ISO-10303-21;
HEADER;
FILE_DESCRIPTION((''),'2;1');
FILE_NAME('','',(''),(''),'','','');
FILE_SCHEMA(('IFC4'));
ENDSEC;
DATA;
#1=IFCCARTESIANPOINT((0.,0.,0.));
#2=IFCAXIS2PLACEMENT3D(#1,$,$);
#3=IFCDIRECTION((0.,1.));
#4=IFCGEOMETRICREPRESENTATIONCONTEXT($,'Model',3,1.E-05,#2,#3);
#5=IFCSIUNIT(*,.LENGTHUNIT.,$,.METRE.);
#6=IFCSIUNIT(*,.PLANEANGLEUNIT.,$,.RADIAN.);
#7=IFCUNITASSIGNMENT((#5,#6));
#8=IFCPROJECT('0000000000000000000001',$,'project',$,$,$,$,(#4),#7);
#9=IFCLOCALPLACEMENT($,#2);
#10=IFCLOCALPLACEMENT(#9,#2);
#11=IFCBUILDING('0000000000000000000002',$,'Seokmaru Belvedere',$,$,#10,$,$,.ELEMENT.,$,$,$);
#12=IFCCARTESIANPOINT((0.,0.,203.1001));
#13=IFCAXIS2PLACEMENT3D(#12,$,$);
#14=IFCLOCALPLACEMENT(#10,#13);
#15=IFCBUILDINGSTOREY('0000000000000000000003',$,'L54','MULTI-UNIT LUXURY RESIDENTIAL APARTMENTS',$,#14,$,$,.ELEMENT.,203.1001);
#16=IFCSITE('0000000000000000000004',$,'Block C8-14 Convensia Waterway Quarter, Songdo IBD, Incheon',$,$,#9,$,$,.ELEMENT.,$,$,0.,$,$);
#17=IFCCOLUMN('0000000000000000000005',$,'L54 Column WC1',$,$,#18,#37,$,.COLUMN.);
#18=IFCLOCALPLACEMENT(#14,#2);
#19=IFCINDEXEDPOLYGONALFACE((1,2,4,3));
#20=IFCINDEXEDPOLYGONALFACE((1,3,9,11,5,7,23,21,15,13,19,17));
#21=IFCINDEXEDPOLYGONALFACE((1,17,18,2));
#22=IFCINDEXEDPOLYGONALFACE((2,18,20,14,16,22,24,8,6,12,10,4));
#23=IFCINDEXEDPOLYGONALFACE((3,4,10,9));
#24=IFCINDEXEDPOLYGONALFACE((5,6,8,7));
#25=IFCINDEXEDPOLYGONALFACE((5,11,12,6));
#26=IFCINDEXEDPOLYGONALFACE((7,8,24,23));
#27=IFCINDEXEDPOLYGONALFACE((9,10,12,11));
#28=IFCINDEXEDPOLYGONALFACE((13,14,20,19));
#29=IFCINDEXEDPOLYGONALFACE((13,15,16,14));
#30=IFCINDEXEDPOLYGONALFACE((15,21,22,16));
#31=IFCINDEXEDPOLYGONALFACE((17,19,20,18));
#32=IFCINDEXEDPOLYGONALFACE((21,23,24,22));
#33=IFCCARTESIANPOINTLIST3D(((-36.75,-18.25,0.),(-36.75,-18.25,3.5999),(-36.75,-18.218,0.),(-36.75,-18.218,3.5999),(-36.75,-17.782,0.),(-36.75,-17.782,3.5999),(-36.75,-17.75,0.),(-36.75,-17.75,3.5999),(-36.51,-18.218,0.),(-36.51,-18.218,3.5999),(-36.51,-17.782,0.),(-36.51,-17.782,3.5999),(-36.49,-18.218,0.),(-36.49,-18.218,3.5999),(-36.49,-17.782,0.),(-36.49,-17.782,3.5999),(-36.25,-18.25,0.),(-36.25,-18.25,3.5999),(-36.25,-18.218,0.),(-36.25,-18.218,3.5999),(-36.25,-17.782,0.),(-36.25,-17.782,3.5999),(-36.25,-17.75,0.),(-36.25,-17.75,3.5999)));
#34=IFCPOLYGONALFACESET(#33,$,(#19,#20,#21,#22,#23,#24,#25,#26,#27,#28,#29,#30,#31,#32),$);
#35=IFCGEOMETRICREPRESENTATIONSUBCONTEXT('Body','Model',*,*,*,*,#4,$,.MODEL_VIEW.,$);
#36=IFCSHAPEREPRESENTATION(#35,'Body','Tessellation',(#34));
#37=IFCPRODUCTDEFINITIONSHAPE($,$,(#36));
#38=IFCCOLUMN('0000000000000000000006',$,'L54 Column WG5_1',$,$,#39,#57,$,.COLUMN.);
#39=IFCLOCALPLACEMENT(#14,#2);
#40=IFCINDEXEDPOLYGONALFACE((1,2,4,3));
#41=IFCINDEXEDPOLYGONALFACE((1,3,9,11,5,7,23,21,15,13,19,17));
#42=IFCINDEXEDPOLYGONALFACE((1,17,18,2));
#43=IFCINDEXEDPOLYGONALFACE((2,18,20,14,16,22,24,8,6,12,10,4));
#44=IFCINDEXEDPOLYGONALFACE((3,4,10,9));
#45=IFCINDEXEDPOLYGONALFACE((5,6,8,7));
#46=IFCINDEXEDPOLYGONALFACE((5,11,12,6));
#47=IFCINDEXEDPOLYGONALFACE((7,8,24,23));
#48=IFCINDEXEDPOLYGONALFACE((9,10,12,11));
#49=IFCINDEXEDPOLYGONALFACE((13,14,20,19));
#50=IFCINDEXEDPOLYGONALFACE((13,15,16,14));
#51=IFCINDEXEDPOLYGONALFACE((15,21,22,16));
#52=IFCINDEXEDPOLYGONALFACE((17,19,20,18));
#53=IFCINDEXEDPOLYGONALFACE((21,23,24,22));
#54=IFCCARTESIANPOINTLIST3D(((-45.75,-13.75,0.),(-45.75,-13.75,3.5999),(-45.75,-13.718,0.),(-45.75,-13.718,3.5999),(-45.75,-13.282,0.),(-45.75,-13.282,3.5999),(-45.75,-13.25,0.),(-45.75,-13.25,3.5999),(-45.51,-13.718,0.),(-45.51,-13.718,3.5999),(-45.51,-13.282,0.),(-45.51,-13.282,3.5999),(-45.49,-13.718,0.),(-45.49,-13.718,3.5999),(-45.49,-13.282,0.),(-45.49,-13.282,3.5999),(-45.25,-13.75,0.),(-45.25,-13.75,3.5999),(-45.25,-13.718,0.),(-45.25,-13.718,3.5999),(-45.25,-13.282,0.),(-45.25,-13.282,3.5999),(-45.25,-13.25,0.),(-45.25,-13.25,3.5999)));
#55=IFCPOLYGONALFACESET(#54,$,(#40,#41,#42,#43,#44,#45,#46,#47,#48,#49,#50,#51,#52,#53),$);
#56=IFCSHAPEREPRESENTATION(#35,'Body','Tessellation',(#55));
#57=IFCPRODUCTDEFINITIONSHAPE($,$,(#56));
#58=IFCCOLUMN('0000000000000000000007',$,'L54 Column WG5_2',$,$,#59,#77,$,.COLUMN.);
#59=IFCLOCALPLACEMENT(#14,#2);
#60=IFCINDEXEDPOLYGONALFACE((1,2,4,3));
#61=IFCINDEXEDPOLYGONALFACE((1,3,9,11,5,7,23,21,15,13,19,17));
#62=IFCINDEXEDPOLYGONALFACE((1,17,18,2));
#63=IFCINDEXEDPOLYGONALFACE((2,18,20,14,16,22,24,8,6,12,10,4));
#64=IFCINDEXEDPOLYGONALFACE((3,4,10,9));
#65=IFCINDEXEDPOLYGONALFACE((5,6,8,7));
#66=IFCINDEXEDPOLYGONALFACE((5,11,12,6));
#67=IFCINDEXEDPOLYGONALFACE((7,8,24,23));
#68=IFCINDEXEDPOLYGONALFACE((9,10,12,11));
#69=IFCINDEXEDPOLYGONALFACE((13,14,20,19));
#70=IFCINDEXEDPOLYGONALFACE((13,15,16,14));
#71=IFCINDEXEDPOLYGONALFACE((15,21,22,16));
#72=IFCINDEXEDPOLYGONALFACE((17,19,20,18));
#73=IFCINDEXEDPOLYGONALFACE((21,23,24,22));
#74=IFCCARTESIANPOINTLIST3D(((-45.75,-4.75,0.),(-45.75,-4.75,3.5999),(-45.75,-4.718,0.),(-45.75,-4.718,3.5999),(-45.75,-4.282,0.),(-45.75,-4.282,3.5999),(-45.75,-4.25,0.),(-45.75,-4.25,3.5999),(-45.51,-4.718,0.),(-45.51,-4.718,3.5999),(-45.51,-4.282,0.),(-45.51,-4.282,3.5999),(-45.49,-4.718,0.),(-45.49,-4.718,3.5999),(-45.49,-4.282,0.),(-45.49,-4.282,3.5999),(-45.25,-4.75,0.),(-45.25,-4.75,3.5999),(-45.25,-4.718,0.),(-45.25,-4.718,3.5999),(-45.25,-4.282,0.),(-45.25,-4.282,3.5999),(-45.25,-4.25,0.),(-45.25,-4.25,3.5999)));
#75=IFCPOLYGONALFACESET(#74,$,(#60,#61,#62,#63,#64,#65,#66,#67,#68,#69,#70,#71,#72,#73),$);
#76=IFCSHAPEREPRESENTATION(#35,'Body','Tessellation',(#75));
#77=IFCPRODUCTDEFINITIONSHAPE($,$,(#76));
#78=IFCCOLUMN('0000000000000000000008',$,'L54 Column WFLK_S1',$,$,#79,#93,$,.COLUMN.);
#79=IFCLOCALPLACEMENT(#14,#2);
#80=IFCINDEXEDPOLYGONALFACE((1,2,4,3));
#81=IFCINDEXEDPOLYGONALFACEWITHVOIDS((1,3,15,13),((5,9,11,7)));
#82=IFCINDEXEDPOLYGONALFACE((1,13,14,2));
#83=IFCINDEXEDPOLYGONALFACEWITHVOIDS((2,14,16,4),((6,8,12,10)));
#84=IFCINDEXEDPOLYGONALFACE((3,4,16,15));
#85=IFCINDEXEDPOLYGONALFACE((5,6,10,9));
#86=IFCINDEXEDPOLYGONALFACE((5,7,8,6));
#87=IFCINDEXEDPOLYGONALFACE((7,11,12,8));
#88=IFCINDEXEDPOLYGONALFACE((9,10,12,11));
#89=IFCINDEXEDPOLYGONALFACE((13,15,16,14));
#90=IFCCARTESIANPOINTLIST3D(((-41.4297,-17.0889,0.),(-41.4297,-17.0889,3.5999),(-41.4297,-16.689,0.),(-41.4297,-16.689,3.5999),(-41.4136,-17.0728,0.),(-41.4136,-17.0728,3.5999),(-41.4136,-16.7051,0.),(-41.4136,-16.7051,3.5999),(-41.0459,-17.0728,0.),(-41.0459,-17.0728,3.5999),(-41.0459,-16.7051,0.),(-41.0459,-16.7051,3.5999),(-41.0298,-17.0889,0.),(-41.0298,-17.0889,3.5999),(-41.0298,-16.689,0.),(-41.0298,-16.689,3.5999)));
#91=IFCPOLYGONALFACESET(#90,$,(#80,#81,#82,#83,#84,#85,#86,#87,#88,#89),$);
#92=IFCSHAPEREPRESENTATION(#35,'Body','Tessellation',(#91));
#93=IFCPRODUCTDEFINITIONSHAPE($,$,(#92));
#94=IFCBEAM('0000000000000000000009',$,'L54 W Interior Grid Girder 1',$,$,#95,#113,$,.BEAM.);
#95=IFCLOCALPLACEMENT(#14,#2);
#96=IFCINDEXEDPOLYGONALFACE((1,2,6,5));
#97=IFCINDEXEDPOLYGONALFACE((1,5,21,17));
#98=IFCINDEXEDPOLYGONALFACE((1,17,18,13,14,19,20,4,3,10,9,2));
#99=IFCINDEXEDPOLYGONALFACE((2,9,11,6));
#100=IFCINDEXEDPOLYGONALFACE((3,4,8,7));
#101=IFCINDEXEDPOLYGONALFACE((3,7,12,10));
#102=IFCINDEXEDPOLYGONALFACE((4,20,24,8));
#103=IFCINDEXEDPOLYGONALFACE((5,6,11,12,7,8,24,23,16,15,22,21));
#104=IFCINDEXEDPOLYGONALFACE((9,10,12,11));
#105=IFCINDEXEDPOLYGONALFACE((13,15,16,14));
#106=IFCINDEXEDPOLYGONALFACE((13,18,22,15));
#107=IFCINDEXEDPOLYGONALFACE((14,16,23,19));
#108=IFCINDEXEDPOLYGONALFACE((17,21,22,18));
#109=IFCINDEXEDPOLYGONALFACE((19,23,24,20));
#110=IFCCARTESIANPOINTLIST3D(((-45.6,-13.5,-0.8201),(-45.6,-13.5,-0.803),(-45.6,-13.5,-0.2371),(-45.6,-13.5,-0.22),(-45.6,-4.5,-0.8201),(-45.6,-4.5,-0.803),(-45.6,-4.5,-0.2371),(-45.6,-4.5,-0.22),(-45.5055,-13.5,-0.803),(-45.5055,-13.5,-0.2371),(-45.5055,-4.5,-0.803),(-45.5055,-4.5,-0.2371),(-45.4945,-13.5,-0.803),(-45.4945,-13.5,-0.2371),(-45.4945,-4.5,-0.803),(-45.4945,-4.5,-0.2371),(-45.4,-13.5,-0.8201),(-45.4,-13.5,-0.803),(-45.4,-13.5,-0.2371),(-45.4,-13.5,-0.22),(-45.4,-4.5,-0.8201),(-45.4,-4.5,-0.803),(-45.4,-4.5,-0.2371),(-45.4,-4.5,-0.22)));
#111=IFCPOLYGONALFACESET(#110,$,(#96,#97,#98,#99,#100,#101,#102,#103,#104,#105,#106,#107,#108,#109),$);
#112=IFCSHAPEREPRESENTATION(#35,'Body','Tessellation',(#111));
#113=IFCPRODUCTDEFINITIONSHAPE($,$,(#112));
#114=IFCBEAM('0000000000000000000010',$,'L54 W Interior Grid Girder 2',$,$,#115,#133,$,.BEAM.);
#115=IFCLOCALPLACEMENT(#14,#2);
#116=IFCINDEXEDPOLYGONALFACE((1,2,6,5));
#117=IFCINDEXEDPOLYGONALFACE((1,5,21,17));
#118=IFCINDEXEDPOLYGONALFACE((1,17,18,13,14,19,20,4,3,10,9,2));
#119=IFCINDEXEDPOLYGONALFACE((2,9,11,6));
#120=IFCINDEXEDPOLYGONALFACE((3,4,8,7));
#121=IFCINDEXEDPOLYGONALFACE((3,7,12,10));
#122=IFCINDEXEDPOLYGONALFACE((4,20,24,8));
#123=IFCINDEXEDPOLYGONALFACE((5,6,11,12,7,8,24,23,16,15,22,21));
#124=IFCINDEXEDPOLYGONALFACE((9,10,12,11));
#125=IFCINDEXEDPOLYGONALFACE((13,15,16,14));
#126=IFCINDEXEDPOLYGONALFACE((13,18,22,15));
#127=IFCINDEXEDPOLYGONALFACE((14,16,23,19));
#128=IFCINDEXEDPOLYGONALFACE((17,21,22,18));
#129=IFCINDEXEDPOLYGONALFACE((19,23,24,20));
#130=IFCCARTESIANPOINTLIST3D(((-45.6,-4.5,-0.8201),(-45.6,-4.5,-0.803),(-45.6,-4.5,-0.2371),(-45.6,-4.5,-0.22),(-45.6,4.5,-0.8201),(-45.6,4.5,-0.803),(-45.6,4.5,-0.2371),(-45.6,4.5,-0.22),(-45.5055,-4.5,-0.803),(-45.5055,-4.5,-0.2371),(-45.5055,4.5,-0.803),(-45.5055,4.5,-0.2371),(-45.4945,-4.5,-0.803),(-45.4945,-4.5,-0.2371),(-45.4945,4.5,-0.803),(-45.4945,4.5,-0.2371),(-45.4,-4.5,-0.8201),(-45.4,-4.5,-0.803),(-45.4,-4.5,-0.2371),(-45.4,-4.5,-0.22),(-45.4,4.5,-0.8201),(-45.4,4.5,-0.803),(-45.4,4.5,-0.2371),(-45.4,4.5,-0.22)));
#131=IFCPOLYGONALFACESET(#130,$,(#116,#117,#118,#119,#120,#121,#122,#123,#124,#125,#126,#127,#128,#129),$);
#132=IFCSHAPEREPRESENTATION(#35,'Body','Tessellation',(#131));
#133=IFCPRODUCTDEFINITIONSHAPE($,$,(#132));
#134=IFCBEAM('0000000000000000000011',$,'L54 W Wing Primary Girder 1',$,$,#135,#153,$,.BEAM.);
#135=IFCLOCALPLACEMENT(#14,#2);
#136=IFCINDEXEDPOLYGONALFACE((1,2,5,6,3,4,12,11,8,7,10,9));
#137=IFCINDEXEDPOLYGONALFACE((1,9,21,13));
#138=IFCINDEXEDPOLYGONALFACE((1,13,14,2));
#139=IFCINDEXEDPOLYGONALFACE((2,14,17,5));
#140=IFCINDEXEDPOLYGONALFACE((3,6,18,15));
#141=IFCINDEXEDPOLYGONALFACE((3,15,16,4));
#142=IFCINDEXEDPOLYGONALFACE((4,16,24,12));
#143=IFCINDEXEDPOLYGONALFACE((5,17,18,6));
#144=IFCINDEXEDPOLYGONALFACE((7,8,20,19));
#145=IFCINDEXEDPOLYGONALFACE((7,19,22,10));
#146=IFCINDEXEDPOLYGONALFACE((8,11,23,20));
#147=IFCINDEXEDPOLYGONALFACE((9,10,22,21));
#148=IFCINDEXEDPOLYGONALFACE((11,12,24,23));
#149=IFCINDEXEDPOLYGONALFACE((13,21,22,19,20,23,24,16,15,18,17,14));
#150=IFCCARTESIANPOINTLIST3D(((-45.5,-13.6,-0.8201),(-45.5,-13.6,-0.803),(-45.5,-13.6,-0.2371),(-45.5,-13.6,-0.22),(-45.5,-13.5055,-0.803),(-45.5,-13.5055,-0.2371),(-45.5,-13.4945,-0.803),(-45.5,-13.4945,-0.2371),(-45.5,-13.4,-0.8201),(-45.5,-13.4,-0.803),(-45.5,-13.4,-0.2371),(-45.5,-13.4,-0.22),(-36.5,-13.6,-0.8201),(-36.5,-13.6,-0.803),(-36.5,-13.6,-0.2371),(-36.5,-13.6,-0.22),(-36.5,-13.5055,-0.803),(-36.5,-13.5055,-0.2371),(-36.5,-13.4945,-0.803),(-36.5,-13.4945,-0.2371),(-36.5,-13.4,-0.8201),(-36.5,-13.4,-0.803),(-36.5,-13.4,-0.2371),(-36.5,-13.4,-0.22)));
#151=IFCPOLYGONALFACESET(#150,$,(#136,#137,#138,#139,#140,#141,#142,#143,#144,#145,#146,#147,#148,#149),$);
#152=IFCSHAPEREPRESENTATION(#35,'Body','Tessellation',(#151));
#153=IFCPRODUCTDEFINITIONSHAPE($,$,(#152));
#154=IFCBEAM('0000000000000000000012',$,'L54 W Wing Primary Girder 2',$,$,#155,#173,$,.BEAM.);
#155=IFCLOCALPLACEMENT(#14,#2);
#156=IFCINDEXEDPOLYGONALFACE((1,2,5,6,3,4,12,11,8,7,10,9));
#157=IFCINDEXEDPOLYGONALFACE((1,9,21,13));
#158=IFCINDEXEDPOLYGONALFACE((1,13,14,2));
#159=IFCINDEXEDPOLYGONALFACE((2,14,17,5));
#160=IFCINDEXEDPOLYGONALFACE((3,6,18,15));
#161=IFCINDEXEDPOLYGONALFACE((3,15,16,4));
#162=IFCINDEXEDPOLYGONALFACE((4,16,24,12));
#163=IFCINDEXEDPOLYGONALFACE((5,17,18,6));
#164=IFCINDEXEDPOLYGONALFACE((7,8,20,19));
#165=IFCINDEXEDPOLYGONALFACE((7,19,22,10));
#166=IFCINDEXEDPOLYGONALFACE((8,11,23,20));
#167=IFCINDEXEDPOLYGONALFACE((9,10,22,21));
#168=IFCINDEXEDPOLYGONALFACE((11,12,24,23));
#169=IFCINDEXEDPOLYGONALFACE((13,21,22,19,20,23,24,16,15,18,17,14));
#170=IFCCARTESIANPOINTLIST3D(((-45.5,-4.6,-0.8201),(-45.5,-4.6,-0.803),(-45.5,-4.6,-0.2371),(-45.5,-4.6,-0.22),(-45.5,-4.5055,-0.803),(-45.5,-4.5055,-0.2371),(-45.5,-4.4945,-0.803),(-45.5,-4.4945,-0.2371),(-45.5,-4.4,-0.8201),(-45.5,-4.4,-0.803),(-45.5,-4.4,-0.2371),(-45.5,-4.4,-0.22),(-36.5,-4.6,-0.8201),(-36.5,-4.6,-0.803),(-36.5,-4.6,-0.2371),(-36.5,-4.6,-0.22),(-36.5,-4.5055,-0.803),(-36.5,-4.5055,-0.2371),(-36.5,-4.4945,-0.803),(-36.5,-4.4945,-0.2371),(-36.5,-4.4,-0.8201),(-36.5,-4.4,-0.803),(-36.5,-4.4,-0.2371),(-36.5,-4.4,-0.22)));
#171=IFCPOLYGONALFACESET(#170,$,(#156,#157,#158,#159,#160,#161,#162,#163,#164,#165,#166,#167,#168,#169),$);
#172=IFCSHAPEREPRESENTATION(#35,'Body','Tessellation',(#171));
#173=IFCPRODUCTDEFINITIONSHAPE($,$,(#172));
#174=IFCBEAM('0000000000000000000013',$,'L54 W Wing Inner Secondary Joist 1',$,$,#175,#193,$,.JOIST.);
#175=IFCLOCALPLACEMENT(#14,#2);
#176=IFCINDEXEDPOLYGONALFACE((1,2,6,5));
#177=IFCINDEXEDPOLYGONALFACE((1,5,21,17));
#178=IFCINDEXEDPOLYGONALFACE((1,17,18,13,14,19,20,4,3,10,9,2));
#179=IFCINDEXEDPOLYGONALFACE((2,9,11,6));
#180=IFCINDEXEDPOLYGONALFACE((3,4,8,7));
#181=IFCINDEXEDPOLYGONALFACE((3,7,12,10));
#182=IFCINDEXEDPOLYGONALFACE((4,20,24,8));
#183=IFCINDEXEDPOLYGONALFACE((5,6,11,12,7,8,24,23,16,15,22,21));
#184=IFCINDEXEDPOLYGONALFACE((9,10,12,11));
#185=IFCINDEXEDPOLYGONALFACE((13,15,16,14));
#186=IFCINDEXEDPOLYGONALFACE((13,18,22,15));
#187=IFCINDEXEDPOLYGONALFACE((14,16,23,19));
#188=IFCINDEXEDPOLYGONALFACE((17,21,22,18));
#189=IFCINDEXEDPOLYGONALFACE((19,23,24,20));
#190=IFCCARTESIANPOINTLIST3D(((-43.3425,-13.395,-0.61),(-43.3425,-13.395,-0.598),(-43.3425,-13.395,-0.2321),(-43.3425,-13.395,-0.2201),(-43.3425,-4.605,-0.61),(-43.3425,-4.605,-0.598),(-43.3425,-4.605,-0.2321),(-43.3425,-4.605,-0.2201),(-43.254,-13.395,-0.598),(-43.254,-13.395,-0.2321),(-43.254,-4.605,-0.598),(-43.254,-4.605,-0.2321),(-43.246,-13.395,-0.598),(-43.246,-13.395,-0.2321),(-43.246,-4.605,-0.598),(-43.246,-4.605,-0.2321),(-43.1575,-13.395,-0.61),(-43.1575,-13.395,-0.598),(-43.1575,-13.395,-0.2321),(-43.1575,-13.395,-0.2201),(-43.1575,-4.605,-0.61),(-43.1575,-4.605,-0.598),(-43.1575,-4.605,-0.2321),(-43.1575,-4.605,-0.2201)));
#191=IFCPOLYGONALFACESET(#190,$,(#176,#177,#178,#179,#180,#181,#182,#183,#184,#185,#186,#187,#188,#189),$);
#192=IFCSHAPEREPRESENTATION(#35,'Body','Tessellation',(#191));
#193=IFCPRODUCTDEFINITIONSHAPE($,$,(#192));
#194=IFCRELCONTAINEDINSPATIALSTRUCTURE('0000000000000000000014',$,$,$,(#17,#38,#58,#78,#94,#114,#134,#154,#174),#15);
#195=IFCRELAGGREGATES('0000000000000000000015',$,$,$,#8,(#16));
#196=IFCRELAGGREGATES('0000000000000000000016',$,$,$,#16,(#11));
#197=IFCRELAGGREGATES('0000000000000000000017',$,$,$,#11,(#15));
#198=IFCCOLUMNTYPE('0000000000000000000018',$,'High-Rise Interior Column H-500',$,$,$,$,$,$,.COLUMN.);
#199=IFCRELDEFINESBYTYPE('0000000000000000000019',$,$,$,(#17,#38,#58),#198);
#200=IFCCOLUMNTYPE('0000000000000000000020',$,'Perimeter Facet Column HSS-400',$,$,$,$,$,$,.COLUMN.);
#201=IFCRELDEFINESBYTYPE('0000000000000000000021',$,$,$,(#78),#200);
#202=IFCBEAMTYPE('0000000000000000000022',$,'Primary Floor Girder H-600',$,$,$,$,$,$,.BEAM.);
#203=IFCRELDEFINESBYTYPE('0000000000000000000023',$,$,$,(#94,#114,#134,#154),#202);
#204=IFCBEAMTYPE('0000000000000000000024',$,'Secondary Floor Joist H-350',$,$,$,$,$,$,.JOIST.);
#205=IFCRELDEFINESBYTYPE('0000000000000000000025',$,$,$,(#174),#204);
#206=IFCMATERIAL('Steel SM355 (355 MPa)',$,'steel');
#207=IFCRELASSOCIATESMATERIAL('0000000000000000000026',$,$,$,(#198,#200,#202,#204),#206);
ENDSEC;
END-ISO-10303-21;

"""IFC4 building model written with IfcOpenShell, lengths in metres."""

from ifc_helpers import new_model, si_unit, direction, frame, origin, origin_2d, place, context, subcontext, project, spatial, hollow_rectangle, i_section, extrude, source, transform, mapped, material, material_profile, profile_set, type_object, type_shapes, element, save


model = new_model("IFC4")

# Units and contexts
model_context = context("Model", 3, precision=1e-05, world=origin(), true_north=direction((0.0, 1.0)))
body_context = subcontext(model_context, "Body", "Model", "MODEL_VIEW")
ifc_project = project(units=[si_unit("LENGTHUNIT", "METRE"), si_unit("PLANEANGLEUNIT", "RADIAN")], contexts=[model_context])

# Site, building, storey
site_placement = place(None, origin())
site = spatial("IfcSite", under=ifc_project, at=site_placement, Name="Block C8-14 Convensia Waterway Quarter, Songdo IBD, Incheon", CompositionType="ELEMENT", RefElevation=0.0)
building_placement = place(site_placement, origin())
building = spatial("IfcBuilding", under=site, at=building_placement, Name="Seokmaru Belvedere", CompositionType="ELEMENT")
storey_placement = place(building_placement, frame((0.0, 0.0, 203.1001)))
storey = spatial("IfcBuildingStorey", under=building, at=storey_placement, Name="L54", Description="MULTI-UNIT LUXURY RESIDENTIAL APARTMENTS", CompositionType="ELEMENT", Elevation=203.1001)

# Columns
ifc_material_1 = material(Name="Steel SM355 (355 MPa)", Category="steel")
ifc_material_profile_1 = material_profile(ifc_material_1, i_section(OverallWidth=0.5, OverallDepth=0.5, WebThickness=0.02, FlangeThickness=0.032, at=origin_2d()), Name="H-500x500x20x32")
ifc_profile_set_1 = profile_set([ifc_material_profile_1], Name="Steel SM355 (355 MPa)")
column_type_1 = type_object("IfcColumnType", Name="High-Rise Interior Column H-500", PredefinedType="COLUMN", material=ifc_profile_set_1)
shared_shape_1 = source(origin(), body_context, "Body", "SweptSolid", [
    extrude(i_section(OverallWidth=0.5, OverallDepth=0.5, WebThickness=0.02, FlangeThickness=0.032, at=origin_2d()), origin(), (0.0, 0.0, 1.0), 3.5999),
])
type_shapes(column_type_1, [shared_shape_1])
for number, where, z_axis, x_axis, name in (
    (1, (-36.5, -18.0, 0.0), (0.0, 0.0, 1.0), (1.0, 0.0, 0.0), "L54 Column WC1"),
    (2, (-45.5, -13.5, 0.0), (0.0, 0.0, 1.0), (1.0, 0.0, 0.0), "L54 Column WG5_1"),
    (3, (-45.5, -4.5, 0.0), (0.0, 0.0, 1.0), (1.0, 0.0, 0.0), "L54 Column WG5_2"),
):
    element("IfcColumn", number, at=place(storey_placement, frame(where, z_axis=z_axis, x_axis=x_axis)), inside=storey, type_object=column_type_1, Name=name, PredefinedType="COLUMN", context=body_context, shape_type="MappedRepresentation", body=[
        mapped(shared_shape_1, transform((0.0, 0.0, 0.0), scale=1.0)),
    ])
ifc_material_profile_2 = material_profile(ifc_material_1, hollow_rectangle(XDim=0.3999, YDim=0.3999, WallThickness=0.0161, at=origin_2d()), Name="HSS-400x400x16")
ifc_profile_set_2 = profile_set([ifc_material_profile_2], Name="Steel SM355 (355 MPa)")
column_type_2 = type_object("IfcColumnType", Name="Perimeter Facet Column HSS-400", PredefinedType="COLUMN", material=ifc_profile_set_2)
shared_shape_2 = source(origin(), body_context, "Body", "SweptSolid", [
    extrude(hollow_rectangle(XDim=0.3999, YDim=0.3999, WallThickness=0.0161, at=origin_2d()), origin(), (0.0, 0.0, 1.0), 3.5999),
])
type_shapes(column_type_2, [shared_shape_2])
column_placement = place(storey_placement, frame((-41.2297, -16.8889, 0.0), z_axis=(0.0, 0.0, 1.0), x_axis=(1.0, 0.0, 0.0)))
element("IfcColumn", 4, at=column_placement, inside=storey, type_object=column_type_2, Name="L54 Column WFLK_S1", PredefinedType="COLUMN", context=body_context, shape_type="MappedRepresentation", body=[
    mapped(shared_shape_2, transform((0.0, 0.0, 0.0), scale=1.0)),
])

# Beams
ifc_material_profile_3 = material_profile(ifc_material_1, i_section(OverallWidth=0.2, OverallDepth=0.6001, WebThickness=0.011, FlangeThickness=0.0171, at=origin_2d()), Name="H-600x200x11x17")
ifc_profile_set_3 = profile_set([ifc_material_profile_3], Name="Steel SM355 (355 MPa)")
beam_type_1 = type_object("IfcBeamType", Name="Primary Floor Girder H-600", PredefinedType="BEAM", material=ifc_profile_set_3)
shared_shape_3 = source(origin(), body_context, "Body", "SweptSolid", [
    extrude(i_section(OverallWidth=0.2, OverallDepth=0.6001, WebThickness=0.011, FlangeThickness=0.0171, at=origin_2d()), origin(), (0.0, 0.0, 1.0), 9.0),
])
for number, where, z_axis, x_axis, name in (
    (5, (-45.5, -13.5, -0.52), (0.0, 1.0, 0.0), (-1.0, 0.0, 0.0), "L54 W Interior Grid Girder 1"),
    (6, (-45.5, -4.5, -0.52), (0.0, 1.0, 0.0), (-1.0, 0.0, 0.0), "L54 W Interior Grid Girder 2"),
    (7, (-45.5, -13.5, -0.52), (1.0, 0.0, 0.0), (0.0, 1.0, 0.0), "L54 W Wing Primary Girder 1"),
    (8, (-45.5, -4.5, -0.52), (1.0, 0.0, 0.0), (0.0, 1.0, 0.0), "L54 W Wing Primary Girder 2"),
):
    element("IfcBeam", number, at=place(storey_placement, frame(where, z_axis=z_axis, x_axis=x_axis)), inside=storey, type_object=beam_type_1, Name=name, PredefinedType="BEAM", context=body_context, shape_type="MappedRepresentation", body=[
        mapped(shared_shape_3, transform((0.0, 0.0, 0.0), scale=1.0)),
    ])
ifc_material_profile_4 = material_profile(ifc_material_1, i_section(OverallWidth=0.1851, OverallDepth=0.3899, WebThickness=0.0081, FlangeThickness=0.012, at=origin_2d()), Name="H-390x185x8x12")
ifc_profile_set_4 = profile_set([ifc_material_profile_4], Name="Steel SM355 (355 MPa)")
beam_type_2 = type_object("IfcBeamType", Name="Secondary Floor Joist H-350", PredefinedType="JOIST", material=ifc_profile_set_4)
shared_shape_4 = source(origin(), body_context, "Body", "SweptSolid", [
    extrude(i_section(OverallWidth=0.1851, OverallDepth=0.3899, WebThickness=0.0081, FlangeThickness=0.012, at=origin_2d()), origin(), (0.0, 0.0, 1.0), 8.79),
])
type_shapes(beam_type_2, [shared_shape_4])
for number, where, z_axis, x_axis, name in (
    (9, (-43.25, -13.395, -0.415), (0.0, 1.0, 0.0), (-1.0, 0.0, 0.0), "L54 W Wing Inner Secondary Joist 1"),
):
    element("IfcBeam", number, at=place(storey_placement, frame(where, z_axis=z_axis, x_axis=x_axis)), inside=storey, type_object=beam_type_2, Name=name, PredefinedType="JOIST", context=body_context, shape_type="MappedRepresentation", body=[
        mapped(shared_shape_4, transform((0.0, 0.0, 0.0), scale=1.0)),
    ])

save(model, "model.ifc")
